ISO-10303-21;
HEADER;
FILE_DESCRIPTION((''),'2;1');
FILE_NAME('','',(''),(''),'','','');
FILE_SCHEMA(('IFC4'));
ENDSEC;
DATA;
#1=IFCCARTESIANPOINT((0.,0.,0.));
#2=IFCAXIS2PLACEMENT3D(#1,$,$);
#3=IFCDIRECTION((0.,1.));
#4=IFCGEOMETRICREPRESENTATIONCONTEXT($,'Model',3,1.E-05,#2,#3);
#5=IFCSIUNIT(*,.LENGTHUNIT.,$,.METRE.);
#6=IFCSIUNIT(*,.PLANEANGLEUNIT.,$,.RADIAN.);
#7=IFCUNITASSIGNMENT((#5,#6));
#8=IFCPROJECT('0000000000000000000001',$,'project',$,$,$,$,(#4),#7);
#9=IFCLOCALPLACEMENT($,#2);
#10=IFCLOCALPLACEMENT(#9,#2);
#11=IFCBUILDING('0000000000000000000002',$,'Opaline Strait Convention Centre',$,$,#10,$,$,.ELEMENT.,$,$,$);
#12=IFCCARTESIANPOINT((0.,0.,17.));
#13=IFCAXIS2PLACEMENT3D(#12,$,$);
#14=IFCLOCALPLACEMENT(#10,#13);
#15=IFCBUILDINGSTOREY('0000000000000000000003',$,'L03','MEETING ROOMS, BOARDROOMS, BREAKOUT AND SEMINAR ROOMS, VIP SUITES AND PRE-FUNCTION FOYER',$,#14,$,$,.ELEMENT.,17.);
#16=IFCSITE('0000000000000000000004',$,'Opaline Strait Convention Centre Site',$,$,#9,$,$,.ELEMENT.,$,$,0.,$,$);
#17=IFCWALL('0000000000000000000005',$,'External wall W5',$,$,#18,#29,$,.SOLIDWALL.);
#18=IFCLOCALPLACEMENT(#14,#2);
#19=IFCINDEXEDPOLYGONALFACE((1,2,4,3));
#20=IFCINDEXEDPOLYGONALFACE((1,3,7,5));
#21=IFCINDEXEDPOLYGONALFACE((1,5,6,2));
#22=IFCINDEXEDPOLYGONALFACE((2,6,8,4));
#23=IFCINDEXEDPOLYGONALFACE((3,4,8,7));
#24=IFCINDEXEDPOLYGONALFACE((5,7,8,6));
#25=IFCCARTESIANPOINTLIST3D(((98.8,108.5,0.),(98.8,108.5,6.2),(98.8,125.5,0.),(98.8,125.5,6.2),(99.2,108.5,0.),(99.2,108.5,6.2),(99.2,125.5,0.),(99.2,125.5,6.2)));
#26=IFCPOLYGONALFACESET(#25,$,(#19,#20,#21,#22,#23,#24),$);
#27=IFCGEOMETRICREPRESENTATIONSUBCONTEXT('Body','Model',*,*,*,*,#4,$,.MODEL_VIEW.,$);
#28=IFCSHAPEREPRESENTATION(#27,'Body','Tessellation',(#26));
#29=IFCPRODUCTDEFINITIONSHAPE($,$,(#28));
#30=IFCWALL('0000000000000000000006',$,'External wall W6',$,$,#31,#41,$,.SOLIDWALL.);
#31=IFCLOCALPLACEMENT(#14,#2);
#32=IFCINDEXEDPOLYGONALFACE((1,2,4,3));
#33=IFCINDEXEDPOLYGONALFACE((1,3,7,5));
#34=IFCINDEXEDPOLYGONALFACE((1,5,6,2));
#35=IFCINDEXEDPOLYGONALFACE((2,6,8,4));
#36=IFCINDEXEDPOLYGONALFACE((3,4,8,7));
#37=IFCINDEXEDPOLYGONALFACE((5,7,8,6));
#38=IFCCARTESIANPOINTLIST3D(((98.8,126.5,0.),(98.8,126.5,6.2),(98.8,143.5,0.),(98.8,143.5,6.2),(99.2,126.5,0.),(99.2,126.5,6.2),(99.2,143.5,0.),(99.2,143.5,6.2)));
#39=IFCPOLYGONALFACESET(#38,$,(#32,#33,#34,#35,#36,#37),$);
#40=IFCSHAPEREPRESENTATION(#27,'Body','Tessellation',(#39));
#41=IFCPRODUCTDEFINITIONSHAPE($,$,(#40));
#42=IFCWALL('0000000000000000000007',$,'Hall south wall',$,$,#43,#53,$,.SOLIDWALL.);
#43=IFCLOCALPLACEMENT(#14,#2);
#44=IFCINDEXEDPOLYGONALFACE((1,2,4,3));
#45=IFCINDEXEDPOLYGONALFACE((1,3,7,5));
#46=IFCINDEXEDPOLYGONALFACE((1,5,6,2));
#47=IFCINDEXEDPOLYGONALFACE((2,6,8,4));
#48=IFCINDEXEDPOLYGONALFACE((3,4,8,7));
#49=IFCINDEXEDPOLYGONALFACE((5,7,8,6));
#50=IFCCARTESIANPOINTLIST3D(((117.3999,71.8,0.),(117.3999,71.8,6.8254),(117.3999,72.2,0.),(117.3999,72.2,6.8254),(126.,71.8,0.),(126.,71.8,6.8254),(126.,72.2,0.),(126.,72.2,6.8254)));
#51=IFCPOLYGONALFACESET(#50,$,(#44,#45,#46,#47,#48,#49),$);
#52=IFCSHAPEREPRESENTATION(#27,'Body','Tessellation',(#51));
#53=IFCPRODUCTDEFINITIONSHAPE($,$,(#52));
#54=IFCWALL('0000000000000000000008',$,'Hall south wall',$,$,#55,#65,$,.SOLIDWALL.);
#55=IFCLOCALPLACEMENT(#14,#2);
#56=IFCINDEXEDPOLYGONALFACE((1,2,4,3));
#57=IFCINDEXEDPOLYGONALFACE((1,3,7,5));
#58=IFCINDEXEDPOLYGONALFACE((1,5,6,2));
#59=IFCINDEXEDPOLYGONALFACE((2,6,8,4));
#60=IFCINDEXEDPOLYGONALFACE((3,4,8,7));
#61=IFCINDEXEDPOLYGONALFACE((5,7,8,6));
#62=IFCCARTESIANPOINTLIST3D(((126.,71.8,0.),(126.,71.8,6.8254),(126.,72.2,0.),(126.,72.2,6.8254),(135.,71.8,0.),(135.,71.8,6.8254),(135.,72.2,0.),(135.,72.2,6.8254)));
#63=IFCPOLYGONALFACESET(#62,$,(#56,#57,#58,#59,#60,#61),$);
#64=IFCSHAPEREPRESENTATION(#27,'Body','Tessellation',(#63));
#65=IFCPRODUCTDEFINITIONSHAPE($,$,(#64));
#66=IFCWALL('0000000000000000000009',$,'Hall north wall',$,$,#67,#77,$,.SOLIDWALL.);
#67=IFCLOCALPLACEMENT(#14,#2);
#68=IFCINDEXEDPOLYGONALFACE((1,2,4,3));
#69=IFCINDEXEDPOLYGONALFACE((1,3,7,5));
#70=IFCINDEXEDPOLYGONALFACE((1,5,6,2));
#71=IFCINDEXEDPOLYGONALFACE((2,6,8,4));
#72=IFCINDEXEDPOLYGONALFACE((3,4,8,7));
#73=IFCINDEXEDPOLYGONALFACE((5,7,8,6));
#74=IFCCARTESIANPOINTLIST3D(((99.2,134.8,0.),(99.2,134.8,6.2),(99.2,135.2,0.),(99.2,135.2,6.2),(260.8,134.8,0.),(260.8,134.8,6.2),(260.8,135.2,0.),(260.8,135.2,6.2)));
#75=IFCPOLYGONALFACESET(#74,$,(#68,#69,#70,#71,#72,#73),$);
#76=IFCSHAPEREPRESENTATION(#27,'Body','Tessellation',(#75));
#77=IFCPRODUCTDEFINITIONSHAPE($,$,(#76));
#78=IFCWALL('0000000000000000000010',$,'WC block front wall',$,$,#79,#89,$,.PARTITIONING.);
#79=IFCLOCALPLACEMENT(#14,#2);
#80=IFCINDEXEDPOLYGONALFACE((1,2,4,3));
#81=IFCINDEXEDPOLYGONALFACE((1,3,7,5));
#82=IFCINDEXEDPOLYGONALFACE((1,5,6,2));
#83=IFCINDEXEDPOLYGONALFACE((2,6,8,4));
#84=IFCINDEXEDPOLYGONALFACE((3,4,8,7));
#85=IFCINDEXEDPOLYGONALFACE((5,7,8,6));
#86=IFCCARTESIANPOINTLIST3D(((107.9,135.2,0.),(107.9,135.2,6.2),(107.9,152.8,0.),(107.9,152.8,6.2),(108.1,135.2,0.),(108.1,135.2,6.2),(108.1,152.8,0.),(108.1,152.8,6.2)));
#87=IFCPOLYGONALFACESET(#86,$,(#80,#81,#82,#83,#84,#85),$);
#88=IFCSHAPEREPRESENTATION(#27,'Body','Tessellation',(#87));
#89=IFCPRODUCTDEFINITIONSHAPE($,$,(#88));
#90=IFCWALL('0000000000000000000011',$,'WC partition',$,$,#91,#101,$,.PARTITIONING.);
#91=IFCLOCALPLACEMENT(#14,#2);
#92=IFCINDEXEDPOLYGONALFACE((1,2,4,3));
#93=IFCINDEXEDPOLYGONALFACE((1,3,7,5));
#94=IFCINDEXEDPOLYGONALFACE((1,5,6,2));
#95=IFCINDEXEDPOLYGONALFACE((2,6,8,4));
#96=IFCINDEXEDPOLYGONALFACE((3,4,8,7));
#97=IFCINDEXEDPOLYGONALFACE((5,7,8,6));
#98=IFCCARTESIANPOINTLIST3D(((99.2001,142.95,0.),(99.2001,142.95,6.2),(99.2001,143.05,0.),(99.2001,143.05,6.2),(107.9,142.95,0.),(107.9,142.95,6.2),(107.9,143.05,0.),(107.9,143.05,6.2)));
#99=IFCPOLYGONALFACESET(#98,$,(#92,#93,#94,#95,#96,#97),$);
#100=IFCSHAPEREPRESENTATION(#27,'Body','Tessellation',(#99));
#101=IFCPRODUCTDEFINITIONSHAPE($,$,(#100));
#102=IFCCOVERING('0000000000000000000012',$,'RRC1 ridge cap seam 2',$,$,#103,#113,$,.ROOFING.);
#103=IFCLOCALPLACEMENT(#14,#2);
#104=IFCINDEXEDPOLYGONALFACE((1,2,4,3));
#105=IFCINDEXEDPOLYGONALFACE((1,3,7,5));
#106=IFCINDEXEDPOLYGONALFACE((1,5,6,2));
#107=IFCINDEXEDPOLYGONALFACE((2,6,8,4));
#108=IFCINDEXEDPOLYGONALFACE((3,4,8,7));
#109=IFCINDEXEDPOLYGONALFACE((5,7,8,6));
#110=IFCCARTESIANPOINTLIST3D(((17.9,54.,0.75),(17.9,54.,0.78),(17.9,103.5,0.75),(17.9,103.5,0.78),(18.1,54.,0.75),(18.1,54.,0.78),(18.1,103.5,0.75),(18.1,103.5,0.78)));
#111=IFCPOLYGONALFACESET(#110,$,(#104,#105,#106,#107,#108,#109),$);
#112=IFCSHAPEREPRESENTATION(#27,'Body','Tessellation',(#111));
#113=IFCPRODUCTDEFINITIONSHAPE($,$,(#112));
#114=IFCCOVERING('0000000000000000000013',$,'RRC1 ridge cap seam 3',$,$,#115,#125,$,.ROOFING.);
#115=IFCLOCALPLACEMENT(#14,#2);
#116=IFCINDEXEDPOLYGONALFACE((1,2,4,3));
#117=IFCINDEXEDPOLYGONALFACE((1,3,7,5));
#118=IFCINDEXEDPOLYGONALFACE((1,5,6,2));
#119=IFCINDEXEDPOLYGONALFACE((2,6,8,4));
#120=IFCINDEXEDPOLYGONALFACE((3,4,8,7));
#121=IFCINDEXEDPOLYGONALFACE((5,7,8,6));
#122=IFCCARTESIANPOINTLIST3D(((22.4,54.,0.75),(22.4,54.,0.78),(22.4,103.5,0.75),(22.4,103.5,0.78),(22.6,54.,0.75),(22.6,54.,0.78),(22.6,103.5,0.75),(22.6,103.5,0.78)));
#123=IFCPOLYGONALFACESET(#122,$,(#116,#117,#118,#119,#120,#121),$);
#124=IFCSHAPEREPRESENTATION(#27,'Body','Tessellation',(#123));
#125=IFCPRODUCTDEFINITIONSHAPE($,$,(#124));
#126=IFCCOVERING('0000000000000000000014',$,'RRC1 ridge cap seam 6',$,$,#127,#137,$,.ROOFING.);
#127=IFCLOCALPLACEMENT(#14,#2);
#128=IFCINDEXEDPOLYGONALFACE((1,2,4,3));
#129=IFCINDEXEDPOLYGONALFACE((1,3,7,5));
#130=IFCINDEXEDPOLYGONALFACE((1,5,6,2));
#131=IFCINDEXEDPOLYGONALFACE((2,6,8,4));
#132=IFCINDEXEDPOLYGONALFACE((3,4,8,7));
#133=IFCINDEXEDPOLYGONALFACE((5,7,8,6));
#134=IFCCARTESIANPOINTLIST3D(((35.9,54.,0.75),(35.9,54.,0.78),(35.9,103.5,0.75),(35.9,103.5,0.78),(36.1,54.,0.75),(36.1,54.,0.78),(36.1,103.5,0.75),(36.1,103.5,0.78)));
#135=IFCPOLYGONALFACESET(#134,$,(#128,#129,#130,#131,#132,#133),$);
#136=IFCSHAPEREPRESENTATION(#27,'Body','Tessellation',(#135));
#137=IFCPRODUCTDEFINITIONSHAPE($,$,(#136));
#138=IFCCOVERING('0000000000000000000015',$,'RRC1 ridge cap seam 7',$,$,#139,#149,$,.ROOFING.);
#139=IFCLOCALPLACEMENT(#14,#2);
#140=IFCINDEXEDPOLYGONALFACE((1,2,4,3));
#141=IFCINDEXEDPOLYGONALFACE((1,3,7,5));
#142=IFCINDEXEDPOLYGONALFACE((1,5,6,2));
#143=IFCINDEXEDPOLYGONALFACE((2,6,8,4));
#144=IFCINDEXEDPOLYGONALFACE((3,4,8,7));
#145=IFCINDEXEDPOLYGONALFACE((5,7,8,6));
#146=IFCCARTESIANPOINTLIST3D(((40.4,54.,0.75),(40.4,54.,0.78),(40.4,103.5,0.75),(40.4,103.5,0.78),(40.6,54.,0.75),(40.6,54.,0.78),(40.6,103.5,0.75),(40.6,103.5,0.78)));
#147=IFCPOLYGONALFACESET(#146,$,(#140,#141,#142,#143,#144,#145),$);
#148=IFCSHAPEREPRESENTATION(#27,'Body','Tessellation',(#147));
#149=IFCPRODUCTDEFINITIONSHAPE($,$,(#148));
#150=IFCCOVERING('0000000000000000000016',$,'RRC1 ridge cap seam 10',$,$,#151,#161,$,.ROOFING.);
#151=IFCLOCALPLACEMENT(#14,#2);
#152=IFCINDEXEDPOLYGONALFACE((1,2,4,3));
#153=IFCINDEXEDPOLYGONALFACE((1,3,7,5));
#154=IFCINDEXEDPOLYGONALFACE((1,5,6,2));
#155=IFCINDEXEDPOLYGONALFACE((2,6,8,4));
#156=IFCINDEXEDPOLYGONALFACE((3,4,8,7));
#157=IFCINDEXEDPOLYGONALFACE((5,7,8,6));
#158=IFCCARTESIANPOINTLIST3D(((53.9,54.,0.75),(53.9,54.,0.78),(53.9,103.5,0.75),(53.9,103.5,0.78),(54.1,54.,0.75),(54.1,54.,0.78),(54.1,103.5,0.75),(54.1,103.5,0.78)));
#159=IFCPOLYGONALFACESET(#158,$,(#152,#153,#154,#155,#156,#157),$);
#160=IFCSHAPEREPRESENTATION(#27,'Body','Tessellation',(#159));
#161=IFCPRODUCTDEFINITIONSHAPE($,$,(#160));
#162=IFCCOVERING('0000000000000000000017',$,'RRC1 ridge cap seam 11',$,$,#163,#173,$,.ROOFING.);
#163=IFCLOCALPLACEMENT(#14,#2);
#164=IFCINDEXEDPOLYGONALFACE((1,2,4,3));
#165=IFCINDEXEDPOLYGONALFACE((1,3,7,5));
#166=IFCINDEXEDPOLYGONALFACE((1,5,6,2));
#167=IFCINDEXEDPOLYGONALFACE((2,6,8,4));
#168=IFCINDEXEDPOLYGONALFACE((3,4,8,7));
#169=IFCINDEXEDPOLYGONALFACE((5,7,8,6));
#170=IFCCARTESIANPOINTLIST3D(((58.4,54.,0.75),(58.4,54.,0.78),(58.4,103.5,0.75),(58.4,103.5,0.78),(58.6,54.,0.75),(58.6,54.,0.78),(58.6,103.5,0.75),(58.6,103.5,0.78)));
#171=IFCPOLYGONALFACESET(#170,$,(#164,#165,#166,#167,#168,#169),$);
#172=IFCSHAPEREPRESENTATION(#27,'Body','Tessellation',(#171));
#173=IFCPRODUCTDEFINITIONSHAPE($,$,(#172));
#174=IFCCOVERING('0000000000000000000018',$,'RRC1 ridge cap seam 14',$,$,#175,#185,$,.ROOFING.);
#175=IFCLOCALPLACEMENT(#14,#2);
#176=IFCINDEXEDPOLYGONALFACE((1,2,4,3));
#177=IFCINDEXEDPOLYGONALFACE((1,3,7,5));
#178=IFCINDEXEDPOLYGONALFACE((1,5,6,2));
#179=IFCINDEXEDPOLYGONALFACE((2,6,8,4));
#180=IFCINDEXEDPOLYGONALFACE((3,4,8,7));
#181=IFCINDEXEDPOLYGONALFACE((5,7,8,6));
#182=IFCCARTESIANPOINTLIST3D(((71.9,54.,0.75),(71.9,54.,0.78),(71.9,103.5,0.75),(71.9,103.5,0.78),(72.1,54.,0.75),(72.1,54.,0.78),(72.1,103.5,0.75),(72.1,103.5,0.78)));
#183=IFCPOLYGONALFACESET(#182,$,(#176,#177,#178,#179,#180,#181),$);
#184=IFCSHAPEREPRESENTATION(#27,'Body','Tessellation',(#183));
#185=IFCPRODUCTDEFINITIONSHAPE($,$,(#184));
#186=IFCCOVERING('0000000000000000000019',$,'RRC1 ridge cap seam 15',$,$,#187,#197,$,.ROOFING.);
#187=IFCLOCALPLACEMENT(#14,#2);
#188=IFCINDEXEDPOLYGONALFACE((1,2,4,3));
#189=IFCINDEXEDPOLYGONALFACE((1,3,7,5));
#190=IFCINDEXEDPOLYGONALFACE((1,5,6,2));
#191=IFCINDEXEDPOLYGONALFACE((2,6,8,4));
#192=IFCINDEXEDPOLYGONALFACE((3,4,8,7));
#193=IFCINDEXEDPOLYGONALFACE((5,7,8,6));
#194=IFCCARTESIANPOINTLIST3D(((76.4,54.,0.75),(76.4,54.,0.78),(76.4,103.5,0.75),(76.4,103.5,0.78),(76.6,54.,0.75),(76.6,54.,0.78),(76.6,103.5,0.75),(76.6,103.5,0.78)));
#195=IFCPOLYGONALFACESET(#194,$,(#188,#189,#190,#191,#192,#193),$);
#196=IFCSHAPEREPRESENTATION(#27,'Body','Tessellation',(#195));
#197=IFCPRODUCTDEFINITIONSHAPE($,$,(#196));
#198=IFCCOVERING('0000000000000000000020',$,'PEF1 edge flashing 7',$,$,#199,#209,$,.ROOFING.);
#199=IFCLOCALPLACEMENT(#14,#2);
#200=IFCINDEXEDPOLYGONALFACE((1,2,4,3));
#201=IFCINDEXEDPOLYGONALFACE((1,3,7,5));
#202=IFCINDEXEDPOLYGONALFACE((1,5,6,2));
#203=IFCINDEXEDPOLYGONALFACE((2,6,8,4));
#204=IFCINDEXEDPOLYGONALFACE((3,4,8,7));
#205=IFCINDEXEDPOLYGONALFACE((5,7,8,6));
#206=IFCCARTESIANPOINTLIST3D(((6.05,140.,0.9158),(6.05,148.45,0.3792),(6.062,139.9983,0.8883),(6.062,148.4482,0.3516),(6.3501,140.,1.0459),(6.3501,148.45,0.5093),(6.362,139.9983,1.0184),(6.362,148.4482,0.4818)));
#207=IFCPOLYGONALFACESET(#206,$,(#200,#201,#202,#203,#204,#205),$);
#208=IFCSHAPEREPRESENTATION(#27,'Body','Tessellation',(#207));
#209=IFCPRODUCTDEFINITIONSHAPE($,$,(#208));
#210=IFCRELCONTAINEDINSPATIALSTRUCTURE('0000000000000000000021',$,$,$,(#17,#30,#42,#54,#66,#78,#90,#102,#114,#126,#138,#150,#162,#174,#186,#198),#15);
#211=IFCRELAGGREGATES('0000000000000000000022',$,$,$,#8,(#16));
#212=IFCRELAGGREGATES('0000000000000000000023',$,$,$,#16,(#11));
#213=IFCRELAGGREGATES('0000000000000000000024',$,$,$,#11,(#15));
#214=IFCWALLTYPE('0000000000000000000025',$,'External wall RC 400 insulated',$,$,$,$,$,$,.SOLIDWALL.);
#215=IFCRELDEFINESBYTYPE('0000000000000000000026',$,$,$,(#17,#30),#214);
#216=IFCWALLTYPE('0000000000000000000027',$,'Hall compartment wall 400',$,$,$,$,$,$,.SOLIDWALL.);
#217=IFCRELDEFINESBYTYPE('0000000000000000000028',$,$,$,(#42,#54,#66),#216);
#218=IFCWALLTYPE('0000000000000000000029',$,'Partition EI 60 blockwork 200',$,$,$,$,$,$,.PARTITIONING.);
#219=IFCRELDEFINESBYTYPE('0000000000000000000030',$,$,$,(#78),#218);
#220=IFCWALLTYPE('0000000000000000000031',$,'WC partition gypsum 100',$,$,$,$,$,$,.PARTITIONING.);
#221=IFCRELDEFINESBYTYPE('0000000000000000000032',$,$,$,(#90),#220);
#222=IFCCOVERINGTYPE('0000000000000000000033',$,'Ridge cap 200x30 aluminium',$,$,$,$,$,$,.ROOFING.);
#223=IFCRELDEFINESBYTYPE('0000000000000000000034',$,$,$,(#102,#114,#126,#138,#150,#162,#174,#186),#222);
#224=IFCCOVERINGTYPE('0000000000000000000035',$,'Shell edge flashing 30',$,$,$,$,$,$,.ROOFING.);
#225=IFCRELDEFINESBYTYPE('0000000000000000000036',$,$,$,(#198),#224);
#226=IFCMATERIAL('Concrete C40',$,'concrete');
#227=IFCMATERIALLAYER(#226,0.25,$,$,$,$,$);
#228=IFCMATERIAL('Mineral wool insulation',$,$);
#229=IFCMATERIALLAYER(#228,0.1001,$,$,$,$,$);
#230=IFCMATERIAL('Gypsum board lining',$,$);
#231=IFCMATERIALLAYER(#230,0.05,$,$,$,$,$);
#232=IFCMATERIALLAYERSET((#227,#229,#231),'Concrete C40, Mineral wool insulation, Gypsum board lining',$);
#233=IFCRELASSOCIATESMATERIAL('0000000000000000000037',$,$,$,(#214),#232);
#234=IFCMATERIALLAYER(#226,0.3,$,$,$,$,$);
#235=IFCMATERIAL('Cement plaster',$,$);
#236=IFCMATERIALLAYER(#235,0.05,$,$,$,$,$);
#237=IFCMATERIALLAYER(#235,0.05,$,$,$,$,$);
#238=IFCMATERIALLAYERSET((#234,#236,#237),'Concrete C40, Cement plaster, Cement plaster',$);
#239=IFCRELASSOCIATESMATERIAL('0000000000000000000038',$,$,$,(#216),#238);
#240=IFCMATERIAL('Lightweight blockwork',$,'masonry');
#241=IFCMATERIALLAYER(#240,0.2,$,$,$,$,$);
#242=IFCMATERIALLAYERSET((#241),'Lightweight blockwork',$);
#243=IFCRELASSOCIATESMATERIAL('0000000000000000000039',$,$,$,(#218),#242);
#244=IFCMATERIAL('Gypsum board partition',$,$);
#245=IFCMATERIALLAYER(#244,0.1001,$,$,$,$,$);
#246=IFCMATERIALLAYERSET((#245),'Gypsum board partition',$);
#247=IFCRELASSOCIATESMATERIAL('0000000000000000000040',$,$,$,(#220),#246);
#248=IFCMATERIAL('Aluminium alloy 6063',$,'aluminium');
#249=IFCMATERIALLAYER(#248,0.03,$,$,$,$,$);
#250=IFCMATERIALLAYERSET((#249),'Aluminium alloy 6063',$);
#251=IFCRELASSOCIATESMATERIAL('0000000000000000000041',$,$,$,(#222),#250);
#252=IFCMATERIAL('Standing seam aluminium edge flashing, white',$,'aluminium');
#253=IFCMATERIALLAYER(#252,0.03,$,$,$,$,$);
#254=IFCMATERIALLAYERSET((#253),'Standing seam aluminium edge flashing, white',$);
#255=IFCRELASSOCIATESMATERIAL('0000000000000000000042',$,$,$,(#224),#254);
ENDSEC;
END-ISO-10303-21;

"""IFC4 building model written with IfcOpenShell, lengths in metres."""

from ifc_helpers import new_model, si_unit, direction, frame, frame_2d, origin, origin_2d, place, context, subcontext, project, spatial, polyline, rectangle, outline, extrude, material, layer, layer_set, type_object, element, save


model = new_model("IFC4")

# Units and contexts
model_context = context("Model", 3, precision=1e-05, world=origin(), true_north=direction((0.0, 1.0)))
body_context = subcontext(model_context, "Body", "Model", "MODEL_VIEW")
ifc_project = project(units=[si_unit("LENGTHUNIT", "METRE"), si_unit("PLANEANGLEUNIT", "RADIAN")], contexts=[model_context])

# Site, building, storey
site_placement = place(None, origin())
site = spatial("IfcSite", under=ifc_project, at=site_placement, Name="Opaline Strait Convention Centre Site", CompositionType="ELEMENT", RefElevation=0.0)
building_placement = place(site_placement, origin())
building = spatial("IfcBuilding", under=site, at=building_placement, Name="Opaline Strait Convention Centre", CompositionType="ELEMENT")
storey_placement = place(building_placement, frame((0.0, 0.0, 17.0)))
storey = spatial("IfcBuildingStorey", under=building, at=storey_placement, Name="L03", Description="MEETING ROOMS, BOARDROOMS, BREAKOUT AND SEMINAR ROOMS, VIP SUITES AND PRE-FUNCTION FOYER", CompositionType="ELEMENT", Elevation=17.0)

# Shared definitions
ifc_material_1 = material(Name="Concrete C40", Category="concrete")

# Walls
ifc_layer_1 = layer(ifc_material_1, 0.25)
ifc_material_2 = material(Name="Mineral wool insulation")
ifc_layer_2 = layer(ifc_material_2, 0.1001)
ifc_material_3 = material(Name="Gypsum board lining")
ifc_layer_3 = layer(ifc_material_3, 0.05)
ifc_layer_set_1 = layer_set([ifc_layer_1, ifc_layer_2, ifc_layer_3], Name="Concrete C40, Mineral wool insulation, Gypsum board lining")
wall_type_1 = type_object("IfcWallType", Name="External wall RC 400 insulated", PredefinedType="SOLIDWALL", material=ifc_layer_set_1)
for number, where, z_axis, x_axis, name in (
    (1, (99.0, 108.5, 0.0), (0.0, 0.0, 1.0), (0.0, 1.0, 0.0), "External wall W5"),
    (2, (99.0, 126.5, 0.0), (0.0, 0.0, 1.0), (0.0, 1.0, 0.0), "External wall W6"),
):
    element("IfcWall", number, at=place(storey_placement, frame(where, z_axis=z_axis, x_axis=x_axis)), inside=storey, type_object=wall_type_1, Name=name, PredefinedType="SOLIDWALL", context=body_context, shape_type="SweptSolid", body=[
        extrude(rectangle(XDim=17.0, YDim=0.3999, at=frame_2d((8.5, 0.0))), origin(), (0.0, 0.0, 1.0), 6.2),
    ])
ifc_layer_4 = layer(ifc_material_1, 0.3)
ifc_material_4 = material(Name="Cement plaster")
ifc_layer_5 = layer(ifc_material_4, 0.05)
ifc_layer_6 = layer(ifc_material_4, 0.05)
ifc_layer_set_2 = layer_set([ifc_layer_4, ifc_layer_5, ifc_layer_6], Name="Concrete C40, Cement plaster, Cement plaster")
wall_type_2 = type_object("IfcWallType", Name="Hall compartment wall 400", PredefinedType="SOLIDWALL", material=ifc_layer_set_2)
wall_1_placement = place(storey_placement, frame((117.3999, 72.0, 0.0), z_axis=(0.0, 0.0, 1.0), x_axis=(1.0, 0.0, 0.0)))
element("IfcWall", 3, at=wall_1_placement, inside=storey, type_object=wall_type_2, Name="Hall south wall", PredefinedType="SOLIDWALL", context=body_context, shape_type="SweptSolid", body=[
    extrude(rectangle(XDim=8.6001, YDim=0.3999, at=frame_2d((4.3, 0.0))), origin(), (0.0, 0.0, 1.0), 6.8254),
])
wall_2_placement = place(storey_placement, frame((126.0, 72.0, 0.0), z_axis=(0.0, 0.0, 1.0), x_axis=(1.0, 0.0, 0.0)))
element("IfcWall", 4, at=wall_2_placement, inside=storey, type_object=wall_type_2, Name="Hall south wall", PredefinedType="SOLIDWALL", context=body_context, shape_type="SweptSolid", body=[
    extrude(rectangle(XDim=9.0, YDim=0.3999, at=frame_2d((4.5, 0.0))), origin(), (0.0, 0.0, 1.0), 6.8254),
])
wall_3_placement = place(storey_placement, frame((99.2, 135.0, 0.0), z_axis=(0.0, 0.0, 1.0), x_axis=(1.0, 0.0, 0.0)))
element("IfcWall", 5, at=wall_3_placement, inside=storey, type_object=wall_type_2, Name="Hall north wall", PredefinedType="SOLIDWALL", context=body_context, shape_type="SweptSolid", body=[
    extrude(rectangle(XDim=161.6001, YDim=0.3999, at=frame_2d((80.8, 0.0))), origin(), (0.0, 0.0, 1.0), 6.2),
])
ifc_material_5 = material(Name="Lightweight blockwork", Category="masonry")
ifc_layer_7 = layer(ifc_material_5, 0.2)
ifc_layer_set_3 = layer_set([ifc_layer_7], Name="Lightweight blockwork")
wall_type_3 = type_object("IfcWallType", Name="Partition EI 60 blockwork 200", PredefinedType="PARTITIONING", material=ifc_layer_set_3)
wall_4_placement = place(storey_placement, frame((108.0, 135.2, 0.0), z_axis=(0.0, 0.0, 1.0), x_axis=(0.0, 1.0, 0.0)))
element("IfcWall", 6, at=wall_4_placement, inside=storey, type_object=wall_type_3, Name="WC block front wall", PredefinedType="PARTITIONING", context=body_context, shape_type="SweptSolid", body=[
    extrude(rectangle(XDim=17.6001, YDim=0.2, at=frame_2d((8.8, 0.0))), origin(), (0.0, 0.0, 1.0), 6.2),
])
ifc_material_6 = material(Name="Gypsum board partition")
ifc_layer_8 = layer(ifc_material_6, 0.1001)
ifc_layer_set_4 = layer_set([ifc_layer_8], Name="Gypsum board partition")
wall_type_4 = type_object("IfcWallType", Name="WC partition gypsum 100", PredefinedType="PARTITIONING", material=ifc_layer_set_4)
wall_5_placement = place(storey_placement, frame((99.2, 143.0, 0.0), z_axis=(0.0, 0.0, 1.0), x_axis=(1.0, 0.0, 0.0)))
element("IfcWall", 7, at=wall_5_placement, inside=storey, type_object=wall_type_4, Name="WC partition", PredefinedType="PARTITIONING", context=body_context, shape_type="SweptSolid", body=[
    extrude(rectangle(XDim=8.7, YDim=0.1001, at=frame_2d((4.3501, 0.0))), origin(), (0.0, 0.0, 1.0), 6.2),
])

# Coverings
ifc_material_7 = material(Name="Aluminium alloy 6063", Category="aluminium")
ifc_layer_9 = layer(ifc_material_7, 0.03)
ifc_layer_set_5 = layer_set([ifc_layer_9], Name="Aluminium alloy 6063")
covering_type_1 = type_object("IfcCoveringType", Name="Ridge cap 200x30 aluminium", PredefinedType="ROOFING", material=ifc_layer_set_5)
for number, where, z_axis, x_axis, name in (
    (8, (18.0, 78.75, 0.75), (0.0, 0.0, 1.0), (1.0, 0.0, 0.0), "RRC1 ridge cap seam 2"),
    (9, (22.5, 78.75, 0.75), (0.0, 0.0, 1.0), (1.0, 0.0, 0.0), "RRC1 ridge cap seam 3"),
    (10, (36.0, 78.75, 0.75), (0.0, 0.0, 1.0), (1.0, 0.0, 0.0), "RRC1 ridge cap seam 6"),
    (11, (40.5, 78.75, 0.75), (0.0, 0.0, 1.0), (1.0, 0.0, 0.0), "RRC1 ridge cap seam 7"),
    (12, (54.0, 78.75, 0.75), (0.0, 0.0, 1.0), (1.0, 0.0, 0.0), "RRC1 ridge cap seam 10"),
    (13, (58.5, 78.75, 0.75), (0.0, 0.0, 1.0), (1.0, 0.0, 0.0), "RRC1 ridge cap seam 11"),
    (14, (72.0, 78.75, 0.75), (0.0, 0.0, 1.0), (1.0, 0.0, 0.0), "RRC1 ridge cap seam 14"),
    (15, (76.5, 78.75, 0.75), (0.0, 0.0, 1.0), (1.0, 0.0, 0.0), "RRC1 ridge cap seam 15"),
):
    element("IfcCovering", number, at=place(storey_placement, frame(where, z_axis=z_axis, x_axis=x_axis)), inside=storey, type_object=covering_type_1, Name=name, PredefinedType="ROOFING", context=body_context, shape_type="SweptSolid", body=[
        extrude(rectangle(XDim=0.2, YDim=49.5, at=origin_2d()), origin(), (0.0, 0.0, 1.0), 0.03),
    ])
ifc_material_8 = material(Name="Standing seam aluminium edge flashing, white", Category="aluminium")
ifc_layer_10 = layer(ifc_material_8, 0.03)
ifc_layer_set_6 = layer_set([ifc_layer_10], Name="Standing seam aluminium edge flashing, white")
covering_type_2 = type_object("IfcCoveringType", Name="Shell edge flashing 30", PredefinedType="ROOFING", material=ifc_layer_set_6)
covering_1_placement = place(storey_placement, frame((6.05, 140.0, 0.9158), z_axis=(-0.397206, 0.058164, 0.915884), x_axis=(0.917438, 0.0, 0.39788)))
element("IfcCovering", 16, at=covering_1_placement, inside=storey, type_object=covering_type_2, Name="PEF1 edge flashing 7", PredefinedType="ROOFING", context=body_context, shape_type="SweptSolid", body=[
    extrude(outline(polyline([(0.0, 0.0), (0.3271, 0.0), (0.1135, 8.4643), (-0.2135, 8.4643), (0.0, 0.0)])), origin(), (0.0, 0.0, -1.0), 0.03),
])

save(model, "model.ifc")
